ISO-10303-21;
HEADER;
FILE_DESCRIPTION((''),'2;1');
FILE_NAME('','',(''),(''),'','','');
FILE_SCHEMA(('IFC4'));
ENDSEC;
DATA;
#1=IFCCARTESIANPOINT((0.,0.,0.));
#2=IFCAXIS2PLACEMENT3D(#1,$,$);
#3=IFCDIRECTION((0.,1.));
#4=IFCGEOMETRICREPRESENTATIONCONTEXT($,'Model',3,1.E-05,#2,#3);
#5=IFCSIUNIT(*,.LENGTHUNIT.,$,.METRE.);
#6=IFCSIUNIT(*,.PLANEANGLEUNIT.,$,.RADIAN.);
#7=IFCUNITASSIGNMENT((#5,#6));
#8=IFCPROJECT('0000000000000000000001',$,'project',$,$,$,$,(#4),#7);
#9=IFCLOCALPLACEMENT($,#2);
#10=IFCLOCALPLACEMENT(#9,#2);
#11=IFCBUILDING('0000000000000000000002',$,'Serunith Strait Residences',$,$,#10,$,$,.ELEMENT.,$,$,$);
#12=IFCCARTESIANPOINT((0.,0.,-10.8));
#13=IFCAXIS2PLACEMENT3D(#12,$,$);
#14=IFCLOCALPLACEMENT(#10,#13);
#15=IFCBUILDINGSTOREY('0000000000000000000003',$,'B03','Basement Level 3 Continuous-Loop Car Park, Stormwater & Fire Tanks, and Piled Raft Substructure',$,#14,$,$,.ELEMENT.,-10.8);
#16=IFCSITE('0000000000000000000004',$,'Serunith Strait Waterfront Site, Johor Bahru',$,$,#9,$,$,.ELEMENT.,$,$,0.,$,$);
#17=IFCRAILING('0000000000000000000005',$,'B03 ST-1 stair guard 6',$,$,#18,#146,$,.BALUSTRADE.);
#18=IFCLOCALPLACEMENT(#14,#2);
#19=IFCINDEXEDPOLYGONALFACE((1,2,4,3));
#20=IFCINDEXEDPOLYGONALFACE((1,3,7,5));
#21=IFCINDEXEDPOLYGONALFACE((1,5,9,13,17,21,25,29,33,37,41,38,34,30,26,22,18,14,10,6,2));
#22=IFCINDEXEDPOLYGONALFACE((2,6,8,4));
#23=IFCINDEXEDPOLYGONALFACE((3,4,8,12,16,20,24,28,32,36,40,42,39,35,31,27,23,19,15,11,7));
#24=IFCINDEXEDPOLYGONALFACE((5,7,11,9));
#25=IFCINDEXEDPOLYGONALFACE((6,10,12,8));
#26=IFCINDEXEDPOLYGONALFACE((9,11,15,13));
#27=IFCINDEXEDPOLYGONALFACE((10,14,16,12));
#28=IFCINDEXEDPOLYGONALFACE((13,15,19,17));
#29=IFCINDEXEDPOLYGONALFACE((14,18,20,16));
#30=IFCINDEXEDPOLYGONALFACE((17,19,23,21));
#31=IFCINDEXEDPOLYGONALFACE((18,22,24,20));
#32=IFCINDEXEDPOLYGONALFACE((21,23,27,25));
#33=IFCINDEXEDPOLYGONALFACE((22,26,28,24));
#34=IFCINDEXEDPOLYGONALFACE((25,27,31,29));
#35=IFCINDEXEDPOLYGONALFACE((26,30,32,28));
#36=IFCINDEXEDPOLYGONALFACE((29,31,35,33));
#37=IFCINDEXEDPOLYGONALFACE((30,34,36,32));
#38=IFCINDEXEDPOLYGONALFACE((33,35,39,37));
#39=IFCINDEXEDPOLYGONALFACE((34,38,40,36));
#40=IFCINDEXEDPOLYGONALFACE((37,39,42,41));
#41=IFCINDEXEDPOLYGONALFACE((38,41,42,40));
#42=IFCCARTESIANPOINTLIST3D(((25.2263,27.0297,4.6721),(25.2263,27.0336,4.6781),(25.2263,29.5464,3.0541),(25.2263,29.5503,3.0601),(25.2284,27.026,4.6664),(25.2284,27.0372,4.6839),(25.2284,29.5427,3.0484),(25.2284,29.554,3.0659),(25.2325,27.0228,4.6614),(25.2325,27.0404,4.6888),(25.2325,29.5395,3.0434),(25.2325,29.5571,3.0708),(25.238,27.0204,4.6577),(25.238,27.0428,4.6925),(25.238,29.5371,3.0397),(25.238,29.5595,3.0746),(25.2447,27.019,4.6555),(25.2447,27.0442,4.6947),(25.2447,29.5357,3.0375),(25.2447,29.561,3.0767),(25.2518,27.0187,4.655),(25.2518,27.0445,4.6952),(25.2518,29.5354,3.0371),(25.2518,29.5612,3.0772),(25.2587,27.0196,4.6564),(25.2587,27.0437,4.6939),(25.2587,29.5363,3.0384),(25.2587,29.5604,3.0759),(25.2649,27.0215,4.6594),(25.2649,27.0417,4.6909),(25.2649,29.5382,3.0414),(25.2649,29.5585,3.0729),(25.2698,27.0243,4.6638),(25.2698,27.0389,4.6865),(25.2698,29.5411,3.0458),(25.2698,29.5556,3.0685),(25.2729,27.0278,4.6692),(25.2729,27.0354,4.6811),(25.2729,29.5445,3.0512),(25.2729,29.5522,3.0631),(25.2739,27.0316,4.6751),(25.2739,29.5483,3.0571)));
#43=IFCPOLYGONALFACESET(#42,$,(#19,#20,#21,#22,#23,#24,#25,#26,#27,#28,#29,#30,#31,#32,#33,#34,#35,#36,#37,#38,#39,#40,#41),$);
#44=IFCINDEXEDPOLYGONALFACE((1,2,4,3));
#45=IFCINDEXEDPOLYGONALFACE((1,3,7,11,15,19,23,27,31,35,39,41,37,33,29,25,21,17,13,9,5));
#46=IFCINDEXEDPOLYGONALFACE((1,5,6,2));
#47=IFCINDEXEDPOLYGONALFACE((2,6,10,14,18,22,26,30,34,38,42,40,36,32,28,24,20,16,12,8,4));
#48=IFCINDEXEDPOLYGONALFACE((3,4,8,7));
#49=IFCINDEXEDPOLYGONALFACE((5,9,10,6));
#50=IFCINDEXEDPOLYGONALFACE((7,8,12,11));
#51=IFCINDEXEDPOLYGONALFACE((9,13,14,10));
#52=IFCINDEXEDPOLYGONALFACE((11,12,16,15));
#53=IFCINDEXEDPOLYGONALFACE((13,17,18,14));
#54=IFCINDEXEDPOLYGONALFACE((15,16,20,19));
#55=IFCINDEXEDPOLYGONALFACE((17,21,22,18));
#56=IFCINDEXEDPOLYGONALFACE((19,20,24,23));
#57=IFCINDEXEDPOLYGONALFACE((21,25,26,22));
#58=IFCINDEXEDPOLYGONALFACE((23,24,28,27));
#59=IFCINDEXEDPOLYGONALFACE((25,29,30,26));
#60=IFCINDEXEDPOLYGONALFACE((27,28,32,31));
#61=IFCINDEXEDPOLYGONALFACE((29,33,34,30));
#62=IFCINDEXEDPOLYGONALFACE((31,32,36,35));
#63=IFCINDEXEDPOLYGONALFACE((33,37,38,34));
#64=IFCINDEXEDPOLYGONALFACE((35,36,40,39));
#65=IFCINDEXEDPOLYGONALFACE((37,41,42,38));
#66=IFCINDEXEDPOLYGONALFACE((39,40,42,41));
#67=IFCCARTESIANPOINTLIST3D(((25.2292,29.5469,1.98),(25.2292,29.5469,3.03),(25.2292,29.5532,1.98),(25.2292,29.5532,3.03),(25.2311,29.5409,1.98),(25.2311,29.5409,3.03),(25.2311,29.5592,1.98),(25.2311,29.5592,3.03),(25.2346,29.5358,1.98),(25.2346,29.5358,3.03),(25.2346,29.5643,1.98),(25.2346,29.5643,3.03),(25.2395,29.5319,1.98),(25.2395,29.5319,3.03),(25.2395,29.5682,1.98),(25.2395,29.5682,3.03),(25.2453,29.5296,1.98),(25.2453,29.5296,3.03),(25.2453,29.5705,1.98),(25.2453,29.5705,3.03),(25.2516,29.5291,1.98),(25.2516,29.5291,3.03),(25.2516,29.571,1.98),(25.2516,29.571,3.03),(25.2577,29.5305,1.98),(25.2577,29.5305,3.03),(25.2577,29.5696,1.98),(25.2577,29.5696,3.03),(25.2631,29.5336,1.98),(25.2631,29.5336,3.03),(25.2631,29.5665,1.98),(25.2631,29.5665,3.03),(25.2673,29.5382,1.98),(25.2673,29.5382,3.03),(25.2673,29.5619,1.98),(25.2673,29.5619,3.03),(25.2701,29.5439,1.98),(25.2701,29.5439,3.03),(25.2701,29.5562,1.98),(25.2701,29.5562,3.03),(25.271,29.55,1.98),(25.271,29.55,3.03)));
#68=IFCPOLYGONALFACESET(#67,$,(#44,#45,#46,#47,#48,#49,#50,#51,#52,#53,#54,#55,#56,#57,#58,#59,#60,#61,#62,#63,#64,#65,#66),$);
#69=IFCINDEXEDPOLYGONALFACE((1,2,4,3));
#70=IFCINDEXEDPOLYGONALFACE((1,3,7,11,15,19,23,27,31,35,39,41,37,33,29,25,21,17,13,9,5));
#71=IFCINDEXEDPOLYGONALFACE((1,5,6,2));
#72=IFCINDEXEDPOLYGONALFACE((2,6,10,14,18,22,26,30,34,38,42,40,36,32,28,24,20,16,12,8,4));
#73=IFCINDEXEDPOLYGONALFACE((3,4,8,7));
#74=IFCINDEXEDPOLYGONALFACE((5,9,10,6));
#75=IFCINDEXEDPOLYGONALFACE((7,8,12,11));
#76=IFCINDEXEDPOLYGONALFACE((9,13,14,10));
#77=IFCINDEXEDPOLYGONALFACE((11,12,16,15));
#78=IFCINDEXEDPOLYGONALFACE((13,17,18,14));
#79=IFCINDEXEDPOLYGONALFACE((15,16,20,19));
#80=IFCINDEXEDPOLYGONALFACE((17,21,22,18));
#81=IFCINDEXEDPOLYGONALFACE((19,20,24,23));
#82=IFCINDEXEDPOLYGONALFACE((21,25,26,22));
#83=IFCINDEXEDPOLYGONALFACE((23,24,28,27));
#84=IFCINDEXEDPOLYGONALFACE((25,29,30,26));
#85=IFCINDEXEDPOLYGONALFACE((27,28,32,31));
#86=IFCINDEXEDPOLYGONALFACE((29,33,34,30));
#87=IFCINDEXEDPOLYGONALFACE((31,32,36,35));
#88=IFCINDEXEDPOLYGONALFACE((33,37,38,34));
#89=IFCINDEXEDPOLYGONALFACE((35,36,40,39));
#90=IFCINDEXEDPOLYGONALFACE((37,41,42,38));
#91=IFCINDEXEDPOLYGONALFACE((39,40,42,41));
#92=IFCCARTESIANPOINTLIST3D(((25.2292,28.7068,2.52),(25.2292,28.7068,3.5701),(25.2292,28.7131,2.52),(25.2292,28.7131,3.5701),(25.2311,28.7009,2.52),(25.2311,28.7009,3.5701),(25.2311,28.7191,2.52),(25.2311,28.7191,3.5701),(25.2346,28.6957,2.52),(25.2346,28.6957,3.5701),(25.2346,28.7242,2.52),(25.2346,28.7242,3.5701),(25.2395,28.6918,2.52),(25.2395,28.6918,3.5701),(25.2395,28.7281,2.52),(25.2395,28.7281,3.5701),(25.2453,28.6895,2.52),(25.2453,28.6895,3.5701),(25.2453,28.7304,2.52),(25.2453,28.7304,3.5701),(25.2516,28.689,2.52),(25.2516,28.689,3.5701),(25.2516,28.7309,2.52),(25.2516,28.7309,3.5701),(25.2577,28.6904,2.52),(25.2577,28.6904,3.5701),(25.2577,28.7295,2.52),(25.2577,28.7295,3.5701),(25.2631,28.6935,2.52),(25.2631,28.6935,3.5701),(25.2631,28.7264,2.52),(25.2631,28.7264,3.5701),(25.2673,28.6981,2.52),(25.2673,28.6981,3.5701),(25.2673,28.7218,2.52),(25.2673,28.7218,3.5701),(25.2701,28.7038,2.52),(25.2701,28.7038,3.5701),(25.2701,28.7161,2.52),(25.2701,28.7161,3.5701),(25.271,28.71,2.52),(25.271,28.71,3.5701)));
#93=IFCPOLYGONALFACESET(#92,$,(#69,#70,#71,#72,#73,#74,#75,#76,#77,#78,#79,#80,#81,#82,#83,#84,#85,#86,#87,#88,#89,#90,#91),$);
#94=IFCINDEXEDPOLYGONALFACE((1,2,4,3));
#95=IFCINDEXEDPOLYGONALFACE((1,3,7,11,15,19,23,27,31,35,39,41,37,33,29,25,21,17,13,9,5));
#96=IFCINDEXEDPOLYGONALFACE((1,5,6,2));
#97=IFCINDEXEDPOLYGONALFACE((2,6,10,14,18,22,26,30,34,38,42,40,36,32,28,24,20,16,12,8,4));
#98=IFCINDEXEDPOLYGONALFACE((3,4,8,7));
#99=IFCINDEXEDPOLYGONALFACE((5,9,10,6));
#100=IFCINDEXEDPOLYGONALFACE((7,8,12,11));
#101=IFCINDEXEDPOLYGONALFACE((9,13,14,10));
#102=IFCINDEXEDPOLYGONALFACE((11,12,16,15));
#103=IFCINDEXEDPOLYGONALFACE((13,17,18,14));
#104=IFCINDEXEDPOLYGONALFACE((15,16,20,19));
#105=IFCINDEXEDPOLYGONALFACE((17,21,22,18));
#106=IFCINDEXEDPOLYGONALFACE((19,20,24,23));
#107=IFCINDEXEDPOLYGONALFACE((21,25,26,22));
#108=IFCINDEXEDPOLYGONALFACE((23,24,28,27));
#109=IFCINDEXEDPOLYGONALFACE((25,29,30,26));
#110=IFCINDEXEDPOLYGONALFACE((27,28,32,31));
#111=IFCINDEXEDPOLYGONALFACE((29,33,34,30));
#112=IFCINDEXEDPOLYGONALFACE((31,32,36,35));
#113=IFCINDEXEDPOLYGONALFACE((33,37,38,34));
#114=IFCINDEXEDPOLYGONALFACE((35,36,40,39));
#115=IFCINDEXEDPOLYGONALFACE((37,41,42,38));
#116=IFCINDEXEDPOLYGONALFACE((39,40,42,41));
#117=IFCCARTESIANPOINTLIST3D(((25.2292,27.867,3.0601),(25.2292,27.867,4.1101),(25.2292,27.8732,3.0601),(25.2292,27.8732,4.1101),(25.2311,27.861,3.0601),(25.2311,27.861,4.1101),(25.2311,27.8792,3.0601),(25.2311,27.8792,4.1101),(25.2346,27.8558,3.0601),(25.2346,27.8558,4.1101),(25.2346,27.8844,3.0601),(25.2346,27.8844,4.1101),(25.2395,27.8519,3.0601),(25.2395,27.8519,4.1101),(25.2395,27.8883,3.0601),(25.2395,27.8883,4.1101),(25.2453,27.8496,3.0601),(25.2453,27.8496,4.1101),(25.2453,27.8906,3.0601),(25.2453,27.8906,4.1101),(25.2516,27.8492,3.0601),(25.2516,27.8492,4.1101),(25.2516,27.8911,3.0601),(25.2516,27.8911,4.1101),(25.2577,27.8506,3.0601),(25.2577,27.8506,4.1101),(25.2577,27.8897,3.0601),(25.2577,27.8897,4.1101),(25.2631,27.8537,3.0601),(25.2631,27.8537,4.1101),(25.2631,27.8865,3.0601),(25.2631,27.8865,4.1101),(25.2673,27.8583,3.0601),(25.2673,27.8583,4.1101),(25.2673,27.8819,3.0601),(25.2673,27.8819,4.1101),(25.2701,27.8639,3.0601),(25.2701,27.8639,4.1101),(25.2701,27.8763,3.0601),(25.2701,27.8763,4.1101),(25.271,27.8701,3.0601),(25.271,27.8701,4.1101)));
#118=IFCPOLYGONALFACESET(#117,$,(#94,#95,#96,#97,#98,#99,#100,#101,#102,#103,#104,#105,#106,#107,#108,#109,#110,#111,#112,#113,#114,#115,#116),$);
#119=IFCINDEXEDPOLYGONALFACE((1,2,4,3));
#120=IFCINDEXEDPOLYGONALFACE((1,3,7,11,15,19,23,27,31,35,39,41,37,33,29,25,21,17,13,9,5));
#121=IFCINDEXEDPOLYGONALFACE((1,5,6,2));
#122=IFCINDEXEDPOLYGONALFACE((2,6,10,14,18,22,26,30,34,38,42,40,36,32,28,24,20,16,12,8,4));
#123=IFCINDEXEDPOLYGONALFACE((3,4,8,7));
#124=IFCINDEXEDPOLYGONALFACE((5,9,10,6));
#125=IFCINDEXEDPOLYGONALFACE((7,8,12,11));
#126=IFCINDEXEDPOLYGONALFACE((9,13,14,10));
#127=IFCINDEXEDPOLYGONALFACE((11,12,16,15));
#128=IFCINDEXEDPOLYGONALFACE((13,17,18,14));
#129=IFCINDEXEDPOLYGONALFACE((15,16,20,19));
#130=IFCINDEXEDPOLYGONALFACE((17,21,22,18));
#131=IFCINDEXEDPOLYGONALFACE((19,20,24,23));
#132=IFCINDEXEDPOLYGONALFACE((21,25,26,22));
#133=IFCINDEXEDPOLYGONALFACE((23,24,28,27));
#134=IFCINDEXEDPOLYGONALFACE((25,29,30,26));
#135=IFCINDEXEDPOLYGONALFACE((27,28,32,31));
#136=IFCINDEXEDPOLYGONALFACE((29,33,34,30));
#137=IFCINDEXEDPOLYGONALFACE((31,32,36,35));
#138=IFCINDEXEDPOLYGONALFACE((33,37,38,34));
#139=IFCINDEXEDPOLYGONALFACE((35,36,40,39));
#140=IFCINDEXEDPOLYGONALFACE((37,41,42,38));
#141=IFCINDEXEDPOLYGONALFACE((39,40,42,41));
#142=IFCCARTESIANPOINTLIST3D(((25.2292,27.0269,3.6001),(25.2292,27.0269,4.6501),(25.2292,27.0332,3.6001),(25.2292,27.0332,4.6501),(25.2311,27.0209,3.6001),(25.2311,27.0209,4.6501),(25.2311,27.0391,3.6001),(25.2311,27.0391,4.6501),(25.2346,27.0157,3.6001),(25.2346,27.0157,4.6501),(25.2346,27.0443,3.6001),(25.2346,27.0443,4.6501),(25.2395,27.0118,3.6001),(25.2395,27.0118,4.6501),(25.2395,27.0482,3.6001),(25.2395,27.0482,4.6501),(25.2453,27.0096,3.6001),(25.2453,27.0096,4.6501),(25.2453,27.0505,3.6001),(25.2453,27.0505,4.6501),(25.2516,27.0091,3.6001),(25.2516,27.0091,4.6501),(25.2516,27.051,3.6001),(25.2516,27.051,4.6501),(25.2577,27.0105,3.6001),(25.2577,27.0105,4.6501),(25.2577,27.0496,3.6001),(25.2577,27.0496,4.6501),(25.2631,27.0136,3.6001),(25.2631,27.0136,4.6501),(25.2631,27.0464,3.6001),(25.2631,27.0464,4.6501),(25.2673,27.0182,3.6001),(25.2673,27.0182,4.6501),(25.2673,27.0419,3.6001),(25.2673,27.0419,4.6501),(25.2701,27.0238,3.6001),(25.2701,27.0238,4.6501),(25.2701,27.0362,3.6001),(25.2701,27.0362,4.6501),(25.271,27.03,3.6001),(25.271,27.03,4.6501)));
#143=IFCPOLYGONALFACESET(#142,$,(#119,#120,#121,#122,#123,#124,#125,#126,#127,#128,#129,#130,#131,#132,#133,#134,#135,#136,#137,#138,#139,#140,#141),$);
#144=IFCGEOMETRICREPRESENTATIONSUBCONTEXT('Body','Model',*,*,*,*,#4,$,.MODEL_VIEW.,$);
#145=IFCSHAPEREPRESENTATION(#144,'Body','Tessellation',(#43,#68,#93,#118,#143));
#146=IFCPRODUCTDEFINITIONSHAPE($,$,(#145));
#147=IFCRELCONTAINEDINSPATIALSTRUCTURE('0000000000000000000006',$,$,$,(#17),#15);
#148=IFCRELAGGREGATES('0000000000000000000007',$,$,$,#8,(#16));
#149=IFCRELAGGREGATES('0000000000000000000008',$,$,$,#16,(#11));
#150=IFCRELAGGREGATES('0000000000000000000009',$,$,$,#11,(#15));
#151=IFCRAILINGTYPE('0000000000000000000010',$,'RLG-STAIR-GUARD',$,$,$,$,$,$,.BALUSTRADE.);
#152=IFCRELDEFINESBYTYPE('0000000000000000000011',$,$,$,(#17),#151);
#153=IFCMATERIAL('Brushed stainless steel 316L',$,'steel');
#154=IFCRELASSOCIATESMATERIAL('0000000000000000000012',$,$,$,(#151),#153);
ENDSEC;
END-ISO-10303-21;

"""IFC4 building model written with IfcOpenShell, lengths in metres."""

from ifc_helpers import new_model, si_unit, direction, frame, origin, origin_2d, place, context, subcontext, project, spatial, circle, extrude, material, type_object, element, save


model = new_model("IFC4")

# Units and contexts
model_context = context("Model", 3, precision=1e-05, world=origin(), true_north=direction((0.0, 1.0)))
body_context = subcontext(model_context, "Body", "Model", "MODEL_VIEW")
ifc_project = project(units=[si_unit("LENGTHUNIT", "METRE"), si_unit("PLANEANGLEUNIT", "RADIAN")], contexts=[model_context])

# Site, building, storey
site_placement = place(None, origin())
site = spatial("IfcSite", under=ifc_project, at=site_placement, Name="Serunith Strait Waterfront Site, Johor Bahru", CompositionType="ELEMENT", RefElevation=0.0)
building_placement = place(site_placement, origin())
building = spatial("IfcBuilding", under=site, at=building_placement, Name="Serunith Strait Residences", CompositionType="ELEMENT")
storey_placement = place(building_placement, frame((0.0, 0.0, -10.8)))
storey = spatial("IfcBuildingStorey", under=building, at=storey_placement, Name="B03", Description="Basement Level 3 Continuous-Loop Car Park, Stormwater & Fire Tanks, and Piled Raft Substructure", CompositionType="ELEMENT", Elevation=-10.8)

# Railing
ifc_material_1 = material(Name="Brushed stainless steel 316L", Category="steel")
railing_type_1 = type_object("IfcRailingType", Name="RLG-STAIR-GUARD", PredefinedType="BALUSTRADE", material=ifc_material_1)
railing_1_placement = place(storey_placement, frame((25.25, 29.55, 1.98)))
element("IfcRailing", 1, at=railing_1_placement, inside=storey, type_object=railing_type_1, Name="B03 ST-1 stair guard 6", PredefinedType="BALUSTRADE", context=body_context, shape_type="SweptSolid", body=[
    extrude(circle(Radius=0.0239, at=origin_2d()), frame((0.0, -0.0017, 1.0771), z_axis=(0.0, -0.841163, 0.540782), x_axis=(1.0, 0.0, 0.0)), (0.0, 0.0, 1.0), 2.9919),
    extrude(circle(Radius=0.021, at=origin_2d()), origin(), (0.0, 0.0, 1.0), 1.05),
    extrude(circle(Radius=0.021, at=origin_2d()), frame((0.0, -0.8401, 0.54)), (0.0, 0.0, 1.0), 1.05),
    extrude(circle(Radius=0.021, at=origin_2d()), frame((0.0, -1.6799, 1.0801)), (0.0, 0.0, 1.0), 1.05),
    extrude(circle(Radius=0.021, at=origin_2d()), frame((0.0, -2.52, 1.6201)), (0.0, 0.0, 1.0), 1.05),
])

save(model, "model.ifc")
